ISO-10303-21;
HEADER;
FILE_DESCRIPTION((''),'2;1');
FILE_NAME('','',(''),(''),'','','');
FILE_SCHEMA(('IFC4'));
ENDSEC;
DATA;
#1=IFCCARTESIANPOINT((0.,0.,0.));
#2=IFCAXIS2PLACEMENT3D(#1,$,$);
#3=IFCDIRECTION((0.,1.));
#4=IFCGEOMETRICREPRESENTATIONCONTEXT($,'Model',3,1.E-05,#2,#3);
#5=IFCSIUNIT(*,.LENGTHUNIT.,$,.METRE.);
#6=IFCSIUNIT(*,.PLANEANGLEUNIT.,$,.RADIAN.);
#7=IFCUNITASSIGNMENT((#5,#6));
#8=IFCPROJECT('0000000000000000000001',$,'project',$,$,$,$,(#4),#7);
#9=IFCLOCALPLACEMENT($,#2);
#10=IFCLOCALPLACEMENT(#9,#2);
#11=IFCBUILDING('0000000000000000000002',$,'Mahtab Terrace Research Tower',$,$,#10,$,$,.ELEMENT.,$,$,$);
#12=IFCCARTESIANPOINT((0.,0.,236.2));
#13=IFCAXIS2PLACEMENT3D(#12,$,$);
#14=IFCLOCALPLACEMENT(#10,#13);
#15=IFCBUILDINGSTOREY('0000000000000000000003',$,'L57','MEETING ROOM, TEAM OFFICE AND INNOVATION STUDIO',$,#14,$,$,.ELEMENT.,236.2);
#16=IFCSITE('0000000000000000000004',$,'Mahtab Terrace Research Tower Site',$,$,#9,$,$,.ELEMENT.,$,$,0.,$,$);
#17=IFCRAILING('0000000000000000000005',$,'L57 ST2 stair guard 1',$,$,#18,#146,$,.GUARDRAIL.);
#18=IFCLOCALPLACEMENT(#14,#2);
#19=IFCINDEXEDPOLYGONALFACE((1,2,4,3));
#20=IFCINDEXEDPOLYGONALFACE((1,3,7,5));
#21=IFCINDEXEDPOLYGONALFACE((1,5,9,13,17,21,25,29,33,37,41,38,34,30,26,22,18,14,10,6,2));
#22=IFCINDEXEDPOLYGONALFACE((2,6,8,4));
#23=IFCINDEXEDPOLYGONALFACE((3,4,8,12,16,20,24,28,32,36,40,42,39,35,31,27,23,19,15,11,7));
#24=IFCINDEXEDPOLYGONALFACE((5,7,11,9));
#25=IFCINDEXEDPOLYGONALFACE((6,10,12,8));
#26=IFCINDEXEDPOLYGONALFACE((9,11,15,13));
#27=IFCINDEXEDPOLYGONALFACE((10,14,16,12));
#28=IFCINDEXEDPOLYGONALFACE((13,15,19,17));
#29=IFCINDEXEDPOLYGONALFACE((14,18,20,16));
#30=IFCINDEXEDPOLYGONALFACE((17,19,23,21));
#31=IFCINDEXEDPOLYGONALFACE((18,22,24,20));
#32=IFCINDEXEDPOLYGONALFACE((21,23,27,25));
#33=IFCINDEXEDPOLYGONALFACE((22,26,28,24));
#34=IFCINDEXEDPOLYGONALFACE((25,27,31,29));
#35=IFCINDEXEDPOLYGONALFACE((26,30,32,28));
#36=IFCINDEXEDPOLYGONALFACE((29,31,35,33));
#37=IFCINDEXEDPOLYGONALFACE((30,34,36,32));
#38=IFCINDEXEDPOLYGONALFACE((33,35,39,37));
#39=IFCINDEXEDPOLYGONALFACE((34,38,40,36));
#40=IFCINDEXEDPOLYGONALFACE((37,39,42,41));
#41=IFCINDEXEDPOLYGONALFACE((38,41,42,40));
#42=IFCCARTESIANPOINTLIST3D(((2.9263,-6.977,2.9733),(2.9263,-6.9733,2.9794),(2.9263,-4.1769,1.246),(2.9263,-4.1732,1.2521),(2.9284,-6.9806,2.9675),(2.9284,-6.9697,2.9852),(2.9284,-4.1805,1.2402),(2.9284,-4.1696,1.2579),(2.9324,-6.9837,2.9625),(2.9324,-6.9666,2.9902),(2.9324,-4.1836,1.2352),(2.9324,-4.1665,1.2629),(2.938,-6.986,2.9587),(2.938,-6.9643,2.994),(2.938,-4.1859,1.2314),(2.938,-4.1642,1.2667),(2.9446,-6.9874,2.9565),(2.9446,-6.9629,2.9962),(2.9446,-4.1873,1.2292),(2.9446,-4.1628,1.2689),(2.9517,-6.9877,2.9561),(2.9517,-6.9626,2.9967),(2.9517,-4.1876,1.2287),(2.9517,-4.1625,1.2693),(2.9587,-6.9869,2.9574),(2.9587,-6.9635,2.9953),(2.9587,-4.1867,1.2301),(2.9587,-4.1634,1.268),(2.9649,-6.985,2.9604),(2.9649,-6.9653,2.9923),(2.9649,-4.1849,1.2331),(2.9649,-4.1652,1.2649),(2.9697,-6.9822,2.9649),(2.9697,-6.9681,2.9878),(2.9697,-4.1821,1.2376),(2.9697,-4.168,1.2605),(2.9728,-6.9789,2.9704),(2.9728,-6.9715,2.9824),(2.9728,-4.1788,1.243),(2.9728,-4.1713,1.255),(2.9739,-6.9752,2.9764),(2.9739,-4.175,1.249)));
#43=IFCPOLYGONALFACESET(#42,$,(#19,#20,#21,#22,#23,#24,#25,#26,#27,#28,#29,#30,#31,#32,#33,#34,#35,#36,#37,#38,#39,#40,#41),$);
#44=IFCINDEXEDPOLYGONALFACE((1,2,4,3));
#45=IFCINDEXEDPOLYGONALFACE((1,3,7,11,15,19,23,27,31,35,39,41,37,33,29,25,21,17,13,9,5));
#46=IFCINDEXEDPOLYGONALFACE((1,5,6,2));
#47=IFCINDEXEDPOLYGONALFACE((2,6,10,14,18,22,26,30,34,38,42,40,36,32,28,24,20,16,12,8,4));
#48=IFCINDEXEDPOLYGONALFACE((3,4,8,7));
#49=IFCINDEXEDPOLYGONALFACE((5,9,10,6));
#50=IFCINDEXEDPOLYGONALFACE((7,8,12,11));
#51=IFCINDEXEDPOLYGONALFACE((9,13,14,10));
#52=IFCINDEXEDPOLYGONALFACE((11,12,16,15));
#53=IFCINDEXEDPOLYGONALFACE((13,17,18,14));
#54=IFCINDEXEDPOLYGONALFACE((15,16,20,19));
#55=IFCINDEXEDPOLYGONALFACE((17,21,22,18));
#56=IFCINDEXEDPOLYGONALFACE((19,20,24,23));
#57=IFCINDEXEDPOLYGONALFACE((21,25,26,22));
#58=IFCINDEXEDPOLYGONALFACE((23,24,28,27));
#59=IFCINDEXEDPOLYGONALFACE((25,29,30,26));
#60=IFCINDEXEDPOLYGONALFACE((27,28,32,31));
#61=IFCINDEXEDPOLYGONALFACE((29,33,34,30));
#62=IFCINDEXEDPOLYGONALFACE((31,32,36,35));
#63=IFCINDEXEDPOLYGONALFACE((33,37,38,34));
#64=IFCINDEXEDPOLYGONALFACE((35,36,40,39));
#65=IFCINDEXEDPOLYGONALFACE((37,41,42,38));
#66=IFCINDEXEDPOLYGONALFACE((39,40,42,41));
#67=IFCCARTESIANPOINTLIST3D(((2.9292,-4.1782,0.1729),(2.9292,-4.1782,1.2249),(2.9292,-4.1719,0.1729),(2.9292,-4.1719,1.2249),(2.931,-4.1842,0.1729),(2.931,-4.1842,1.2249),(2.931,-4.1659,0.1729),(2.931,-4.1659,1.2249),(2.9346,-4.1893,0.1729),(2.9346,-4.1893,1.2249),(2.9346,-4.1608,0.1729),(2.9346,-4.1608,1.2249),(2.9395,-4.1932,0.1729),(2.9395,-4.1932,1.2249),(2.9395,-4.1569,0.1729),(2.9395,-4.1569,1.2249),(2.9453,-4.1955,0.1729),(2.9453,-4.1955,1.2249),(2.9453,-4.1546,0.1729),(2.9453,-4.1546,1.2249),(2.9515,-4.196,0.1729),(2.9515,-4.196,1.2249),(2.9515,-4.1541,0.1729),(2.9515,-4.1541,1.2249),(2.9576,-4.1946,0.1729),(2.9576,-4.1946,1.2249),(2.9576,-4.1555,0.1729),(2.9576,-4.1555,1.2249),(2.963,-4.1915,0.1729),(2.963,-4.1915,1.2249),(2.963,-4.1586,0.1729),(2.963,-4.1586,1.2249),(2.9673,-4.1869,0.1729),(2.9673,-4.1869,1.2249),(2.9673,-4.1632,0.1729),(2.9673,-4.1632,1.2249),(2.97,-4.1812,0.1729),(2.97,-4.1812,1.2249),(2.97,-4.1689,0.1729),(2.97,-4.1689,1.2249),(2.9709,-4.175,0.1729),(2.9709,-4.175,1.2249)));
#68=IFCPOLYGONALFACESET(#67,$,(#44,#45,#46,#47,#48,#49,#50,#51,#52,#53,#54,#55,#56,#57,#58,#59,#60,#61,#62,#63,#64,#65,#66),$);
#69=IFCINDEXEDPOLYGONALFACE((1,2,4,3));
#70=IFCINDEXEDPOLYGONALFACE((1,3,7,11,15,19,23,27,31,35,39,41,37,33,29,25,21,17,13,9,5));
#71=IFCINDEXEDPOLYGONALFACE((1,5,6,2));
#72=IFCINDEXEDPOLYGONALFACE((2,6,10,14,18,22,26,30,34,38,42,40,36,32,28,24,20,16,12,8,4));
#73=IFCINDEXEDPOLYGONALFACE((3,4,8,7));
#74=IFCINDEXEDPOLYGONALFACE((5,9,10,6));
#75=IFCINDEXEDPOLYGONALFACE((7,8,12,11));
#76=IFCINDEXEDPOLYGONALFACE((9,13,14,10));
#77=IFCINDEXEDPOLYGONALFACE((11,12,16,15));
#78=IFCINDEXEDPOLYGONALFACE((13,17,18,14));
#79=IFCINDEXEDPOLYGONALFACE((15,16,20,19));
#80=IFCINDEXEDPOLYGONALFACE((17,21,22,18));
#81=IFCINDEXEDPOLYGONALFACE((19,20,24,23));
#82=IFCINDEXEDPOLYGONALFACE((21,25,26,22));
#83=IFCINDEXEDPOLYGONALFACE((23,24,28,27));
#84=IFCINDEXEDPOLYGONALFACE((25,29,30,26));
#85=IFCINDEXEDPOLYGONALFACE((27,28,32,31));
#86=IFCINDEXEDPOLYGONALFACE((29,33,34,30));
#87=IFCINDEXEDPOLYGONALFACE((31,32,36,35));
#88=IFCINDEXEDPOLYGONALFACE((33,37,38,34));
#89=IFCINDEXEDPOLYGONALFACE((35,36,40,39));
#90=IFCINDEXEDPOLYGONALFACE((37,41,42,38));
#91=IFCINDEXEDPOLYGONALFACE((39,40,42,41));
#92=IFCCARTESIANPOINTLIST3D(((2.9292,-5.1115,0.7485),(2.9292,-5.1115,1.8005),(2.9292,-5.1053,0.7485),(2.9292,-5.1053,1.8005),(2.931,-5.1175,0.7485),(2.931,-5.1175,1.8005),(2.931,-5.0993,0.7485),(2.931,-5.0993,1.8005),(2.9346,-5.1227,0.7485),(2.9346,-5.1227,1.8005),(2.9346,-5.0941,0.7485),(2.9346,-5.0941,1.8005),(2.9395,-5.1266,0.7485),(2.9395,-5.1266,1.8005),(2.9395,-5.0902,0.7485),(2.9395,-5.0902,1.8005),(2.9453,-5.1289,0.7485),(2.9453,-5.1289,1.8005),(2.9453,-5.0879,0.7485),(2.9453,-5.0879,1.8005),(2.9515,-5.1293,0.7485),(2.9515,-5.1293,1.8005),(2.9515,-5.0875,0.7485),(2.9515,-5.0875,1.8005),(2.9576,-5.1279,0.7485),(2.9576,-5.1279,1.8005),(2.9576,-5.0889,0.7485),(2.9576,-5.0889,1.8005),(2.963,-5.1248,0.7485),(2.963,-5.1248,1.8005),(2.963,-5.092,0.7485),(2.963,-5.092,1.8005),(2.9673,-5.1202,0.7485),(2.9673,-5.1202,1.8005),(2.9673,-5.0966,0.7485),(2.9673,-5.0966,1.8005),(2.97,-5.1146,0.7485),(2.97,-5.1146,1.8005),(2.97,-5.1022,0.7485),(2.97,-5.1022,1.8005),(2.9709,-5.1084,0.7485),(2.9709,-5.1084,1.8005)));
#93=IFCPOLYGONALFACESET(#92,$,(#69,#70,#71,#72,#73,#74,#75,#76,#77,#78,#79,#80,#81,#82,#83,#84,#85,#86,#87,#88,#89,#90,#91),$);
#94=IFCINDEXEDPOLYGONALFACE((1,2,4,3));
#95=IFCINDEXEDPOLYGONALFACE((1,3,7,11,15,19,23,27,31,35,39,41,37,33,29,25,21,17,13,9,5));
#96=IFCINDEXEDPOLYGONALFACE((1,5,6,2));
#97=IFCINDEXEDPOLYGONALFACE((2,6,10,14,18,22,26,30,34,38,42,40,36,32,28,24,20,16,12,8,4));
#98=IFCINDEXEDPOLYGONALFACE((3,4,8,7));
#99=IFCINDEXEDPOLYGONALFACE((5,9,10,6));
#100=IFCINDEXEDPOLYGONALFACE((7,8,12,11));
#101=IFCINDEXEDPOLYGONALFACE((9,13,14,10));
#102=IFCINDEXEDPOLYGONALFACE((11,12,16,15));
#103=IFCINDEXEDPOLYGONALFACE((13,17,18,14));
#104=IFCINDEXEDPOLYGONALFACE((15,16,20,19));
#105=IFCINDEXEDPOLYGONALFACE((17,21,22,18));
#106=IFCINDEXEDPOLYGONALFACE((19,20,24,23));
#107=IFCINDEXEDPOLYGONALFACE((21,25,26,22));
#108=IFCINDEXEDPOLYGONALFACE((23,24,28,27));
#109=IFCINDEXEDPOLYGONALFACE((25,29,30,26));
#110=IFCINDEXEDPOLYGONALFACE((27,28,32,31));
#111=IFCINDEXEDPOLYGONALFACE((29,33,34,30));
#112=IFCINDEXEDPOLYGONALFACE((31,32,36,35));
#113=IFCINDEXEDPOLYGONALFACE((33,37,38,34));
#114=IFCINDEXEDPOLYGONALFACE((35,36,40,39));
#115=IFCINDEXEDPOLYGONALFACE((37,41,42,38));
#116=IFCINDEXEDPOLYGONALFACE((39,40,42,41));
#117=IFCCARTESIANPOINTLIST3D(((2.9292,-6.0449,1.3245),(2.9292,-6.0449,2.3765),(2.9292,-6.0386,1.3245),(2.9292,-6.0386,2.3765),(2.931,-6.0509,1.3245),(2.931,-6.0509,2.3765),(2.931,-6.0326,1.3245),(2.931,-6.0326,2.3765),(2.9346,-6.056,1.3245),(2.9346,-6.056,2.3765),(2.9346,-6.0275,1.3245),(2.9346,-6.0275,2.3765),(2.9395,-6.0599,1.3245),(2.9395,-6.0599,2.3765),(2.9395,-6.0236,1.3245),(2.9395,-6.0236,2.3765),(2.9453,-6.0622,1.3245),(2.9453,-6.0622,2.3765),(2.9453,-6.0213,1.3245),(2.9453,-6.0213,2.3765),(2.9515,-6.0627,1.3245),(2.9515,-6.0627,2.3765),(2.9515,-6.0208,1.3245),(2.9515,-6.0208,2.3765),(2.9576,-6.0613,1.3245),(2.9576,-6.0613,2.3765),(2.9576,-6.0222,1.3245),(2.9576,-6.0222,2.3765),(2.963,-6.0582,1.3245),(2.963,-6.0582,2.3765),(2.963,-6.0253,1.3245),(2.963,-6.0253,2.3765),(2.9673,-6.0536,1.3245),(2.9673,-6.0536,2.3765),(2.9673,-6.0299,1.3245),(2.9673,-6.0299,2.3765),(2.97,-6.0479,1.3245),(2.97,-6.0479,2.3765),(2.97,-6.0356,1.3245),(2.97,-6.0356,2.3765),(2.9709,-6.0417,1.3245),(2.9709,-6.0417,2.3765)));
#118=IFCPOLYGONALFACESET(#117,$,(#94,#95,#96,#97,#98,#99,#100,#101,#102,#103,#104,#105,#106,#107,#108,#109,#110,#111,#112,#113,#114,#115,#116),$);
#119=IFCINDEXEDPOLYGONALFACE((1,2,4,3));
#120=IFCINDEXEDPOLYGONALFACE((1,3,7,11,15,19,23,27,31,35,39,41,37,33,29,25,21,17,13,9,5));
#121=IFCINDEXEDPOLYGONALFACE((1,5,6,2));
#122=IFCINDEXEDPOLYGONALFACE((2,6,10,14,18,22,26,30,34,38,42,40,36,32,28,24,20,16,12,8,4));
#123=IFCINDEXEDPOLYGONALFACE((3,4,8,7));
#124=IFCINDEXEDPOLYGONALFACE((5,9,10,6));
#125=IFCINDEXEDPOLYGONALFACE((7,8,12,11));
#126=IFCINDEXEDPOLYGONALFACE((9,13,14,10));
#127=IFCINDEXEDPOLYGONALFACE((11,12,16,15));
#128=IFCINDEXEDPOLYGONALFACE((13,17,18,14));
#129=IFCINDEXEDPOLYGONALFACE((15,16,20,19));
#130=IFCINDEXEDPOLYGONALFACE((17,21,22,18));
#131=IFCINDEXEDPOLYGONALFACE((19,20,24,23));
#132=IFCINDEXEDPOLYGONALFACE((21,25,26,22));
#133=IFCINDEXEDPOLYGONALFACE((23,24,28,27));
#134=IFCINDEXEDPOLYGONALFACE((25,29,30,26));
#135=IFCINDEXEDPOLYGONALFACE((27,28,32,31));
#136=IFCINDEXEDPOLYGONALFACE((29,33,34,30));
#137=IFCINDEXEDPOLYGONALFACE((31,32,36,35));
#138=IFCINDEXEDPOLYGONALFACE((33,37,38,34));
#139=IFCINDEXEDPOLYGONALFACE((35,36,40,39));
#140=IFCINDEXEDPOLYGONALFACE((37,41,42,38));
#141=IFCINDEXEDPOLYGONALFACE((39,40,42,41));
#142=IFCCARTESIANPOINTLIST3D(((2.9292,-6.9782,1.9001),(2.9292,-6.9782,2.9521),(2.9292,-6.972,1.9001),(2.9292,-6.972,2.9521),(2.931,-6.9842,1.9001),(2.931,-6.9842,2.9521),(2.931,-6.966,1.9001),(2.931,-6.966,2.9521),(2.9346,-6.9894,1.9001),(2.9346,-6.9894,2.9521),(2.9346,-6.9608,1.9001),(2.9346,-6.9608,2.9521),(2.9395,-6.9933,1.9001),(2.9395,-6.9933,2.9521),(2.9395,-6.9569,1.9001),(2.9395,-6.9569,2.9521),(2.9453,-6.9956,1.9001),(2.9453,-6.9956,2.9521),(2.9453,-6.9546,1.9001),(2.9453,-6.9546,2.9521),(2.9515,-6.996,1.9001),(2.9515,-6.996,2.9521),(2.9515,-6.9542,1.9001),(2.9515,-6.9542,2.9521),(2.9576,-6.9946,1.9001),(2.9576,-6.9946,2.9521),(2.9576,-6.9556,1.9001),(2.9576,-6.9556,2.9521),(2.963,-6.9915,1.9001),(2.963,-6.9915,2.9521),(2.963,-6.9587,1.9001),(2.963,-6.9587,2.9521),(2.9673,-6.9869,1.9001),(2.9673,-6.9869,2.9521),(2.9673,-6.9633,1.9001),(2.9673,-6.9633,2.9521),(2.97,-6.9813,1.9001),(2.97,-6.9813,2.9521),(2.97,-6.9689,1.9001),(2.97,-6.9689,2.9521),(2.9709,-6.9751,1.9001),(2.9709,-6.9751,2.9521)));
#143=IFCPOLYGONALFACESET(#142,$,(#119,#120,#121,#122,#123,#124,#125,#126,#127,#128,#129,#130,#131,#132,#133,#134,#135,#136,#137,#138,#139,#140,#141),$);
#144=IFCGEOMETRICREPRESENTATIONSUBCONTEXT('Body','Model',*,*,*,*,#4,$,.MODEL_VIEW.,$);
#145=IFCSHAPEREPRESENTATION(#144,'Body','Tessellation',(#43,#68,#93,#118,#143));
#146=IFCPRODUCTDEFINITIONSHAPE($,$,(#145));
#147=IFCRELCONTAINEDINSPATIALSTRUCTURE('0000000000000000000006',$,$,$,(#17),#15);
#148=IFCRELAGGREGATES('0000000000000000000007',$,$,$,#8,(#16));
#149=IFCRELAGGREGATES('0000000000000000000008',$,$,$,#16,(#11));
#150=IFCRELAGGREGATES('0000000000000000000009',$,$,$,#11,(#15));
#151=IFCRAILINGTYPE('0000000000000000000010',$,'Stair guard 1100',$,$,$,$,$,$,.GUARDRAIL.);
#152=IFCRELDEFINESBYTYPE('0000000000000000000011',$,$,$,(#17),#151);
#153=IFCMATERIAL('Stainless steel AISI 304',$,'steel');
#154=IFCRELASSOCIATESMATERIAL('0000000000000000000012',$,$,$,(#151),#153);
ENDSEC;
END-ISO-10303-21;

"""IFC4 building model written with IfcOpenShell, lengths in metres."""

from ifc_helpers import new_model, si_unit, direction, frame, origin, origin_2d, place, context, subcontext, project, spatial, circle, extrude, material, type_object, element, save


model = new_model("IFC4")

# Units and contexts
model_context = context("Model", 3, precision=1e-05, world=origin(), true_north=direction((0.0, 1.0)))
body_context = subcontext(model_context, "Body", "Model", "MODEL_VIEW")
ifc_project = project(units=[si_unit("LENGTHUNIT", "METRE"), si_unit("PLANEANGLEUNIT", "RADIAN")], contexts=[model_context])

# Site, building, storey
site_placement = place(None, origin())
site = spatial("IfcSite", under=ifc_project, at=site_placement, Name="Mahtab Terrace Research Tower Site", CompositionType="ELEMENT", RefElevation=0.0)
building_placement = place(site_placement, origin())
building = spatial("IfcBuilding", under=site, at=building_placement, Name="Mahtab Terrace Research Tower", CompositionType="ELEMENT")
storey_placement = place(building_placement, frame((0.0, 0.0, 236.2)))
storey = spatial("IfcBuildingStorey", under=building, at=storey_placement, Name="L57", Description="MEETING ROOM, TEAM OFFICE AND INNOVATION STUDIO", CompositionType="ELEMENT", Elevation=236.2)

# Shared definitions
ifc_material_1 = material(Name="Stainless steel AISI 304", Category="steel")

# Railing
railing_type_1 = type_object("IfcRailingType", Name="Stair guard 1100", PredefinedType="GUARDRAIL", material=ifc_material_1)
railing_1_placement = place(storey_placement, frame((2.95, -4.175, 0.1729)))
element("IfcRailing", 1, at=railing_1_placement, inside=storey, type_object=railing_type_1, Name="L57 ST2 stair guard 1", PredefinedType="GUARDRAIL", context=body_context, shape_type="SweptSolid", body=[
    extrude(circle(Radius=0.0239, at=origin_2d()), frame((0.0, 0.0, 1.0762), z_axis=(0.0, -0.85109, 0.52502), x_axis=(1.0, 0.0, 0.0)), (0.0, 0.0, 1.0), 3.29),
    extrude(circle(Radius=0.021, at=origin_2d()), origin(), (0.0, 0.0, 1.0), 1.052),
    extrude(circle(Radius=0.021, at=origin_2d()), frame((0.0, -0.9333, 0.5757)), (0.0, 0.0, 1.0), 1.052),
    extrude(circle(Radius=0.021, at=origin_2d()), frame((0.0, -1.8667, 1.1516)), (0.0, 0.0, 1.0), 1.052),
    extrude(circle(Radius=0.021, at=origin_2d()), frame((0.0, -2.8, 1.7273)), (0.0, 0.0, 1.0), 1.052),
])

save(model, "model.ifc")
